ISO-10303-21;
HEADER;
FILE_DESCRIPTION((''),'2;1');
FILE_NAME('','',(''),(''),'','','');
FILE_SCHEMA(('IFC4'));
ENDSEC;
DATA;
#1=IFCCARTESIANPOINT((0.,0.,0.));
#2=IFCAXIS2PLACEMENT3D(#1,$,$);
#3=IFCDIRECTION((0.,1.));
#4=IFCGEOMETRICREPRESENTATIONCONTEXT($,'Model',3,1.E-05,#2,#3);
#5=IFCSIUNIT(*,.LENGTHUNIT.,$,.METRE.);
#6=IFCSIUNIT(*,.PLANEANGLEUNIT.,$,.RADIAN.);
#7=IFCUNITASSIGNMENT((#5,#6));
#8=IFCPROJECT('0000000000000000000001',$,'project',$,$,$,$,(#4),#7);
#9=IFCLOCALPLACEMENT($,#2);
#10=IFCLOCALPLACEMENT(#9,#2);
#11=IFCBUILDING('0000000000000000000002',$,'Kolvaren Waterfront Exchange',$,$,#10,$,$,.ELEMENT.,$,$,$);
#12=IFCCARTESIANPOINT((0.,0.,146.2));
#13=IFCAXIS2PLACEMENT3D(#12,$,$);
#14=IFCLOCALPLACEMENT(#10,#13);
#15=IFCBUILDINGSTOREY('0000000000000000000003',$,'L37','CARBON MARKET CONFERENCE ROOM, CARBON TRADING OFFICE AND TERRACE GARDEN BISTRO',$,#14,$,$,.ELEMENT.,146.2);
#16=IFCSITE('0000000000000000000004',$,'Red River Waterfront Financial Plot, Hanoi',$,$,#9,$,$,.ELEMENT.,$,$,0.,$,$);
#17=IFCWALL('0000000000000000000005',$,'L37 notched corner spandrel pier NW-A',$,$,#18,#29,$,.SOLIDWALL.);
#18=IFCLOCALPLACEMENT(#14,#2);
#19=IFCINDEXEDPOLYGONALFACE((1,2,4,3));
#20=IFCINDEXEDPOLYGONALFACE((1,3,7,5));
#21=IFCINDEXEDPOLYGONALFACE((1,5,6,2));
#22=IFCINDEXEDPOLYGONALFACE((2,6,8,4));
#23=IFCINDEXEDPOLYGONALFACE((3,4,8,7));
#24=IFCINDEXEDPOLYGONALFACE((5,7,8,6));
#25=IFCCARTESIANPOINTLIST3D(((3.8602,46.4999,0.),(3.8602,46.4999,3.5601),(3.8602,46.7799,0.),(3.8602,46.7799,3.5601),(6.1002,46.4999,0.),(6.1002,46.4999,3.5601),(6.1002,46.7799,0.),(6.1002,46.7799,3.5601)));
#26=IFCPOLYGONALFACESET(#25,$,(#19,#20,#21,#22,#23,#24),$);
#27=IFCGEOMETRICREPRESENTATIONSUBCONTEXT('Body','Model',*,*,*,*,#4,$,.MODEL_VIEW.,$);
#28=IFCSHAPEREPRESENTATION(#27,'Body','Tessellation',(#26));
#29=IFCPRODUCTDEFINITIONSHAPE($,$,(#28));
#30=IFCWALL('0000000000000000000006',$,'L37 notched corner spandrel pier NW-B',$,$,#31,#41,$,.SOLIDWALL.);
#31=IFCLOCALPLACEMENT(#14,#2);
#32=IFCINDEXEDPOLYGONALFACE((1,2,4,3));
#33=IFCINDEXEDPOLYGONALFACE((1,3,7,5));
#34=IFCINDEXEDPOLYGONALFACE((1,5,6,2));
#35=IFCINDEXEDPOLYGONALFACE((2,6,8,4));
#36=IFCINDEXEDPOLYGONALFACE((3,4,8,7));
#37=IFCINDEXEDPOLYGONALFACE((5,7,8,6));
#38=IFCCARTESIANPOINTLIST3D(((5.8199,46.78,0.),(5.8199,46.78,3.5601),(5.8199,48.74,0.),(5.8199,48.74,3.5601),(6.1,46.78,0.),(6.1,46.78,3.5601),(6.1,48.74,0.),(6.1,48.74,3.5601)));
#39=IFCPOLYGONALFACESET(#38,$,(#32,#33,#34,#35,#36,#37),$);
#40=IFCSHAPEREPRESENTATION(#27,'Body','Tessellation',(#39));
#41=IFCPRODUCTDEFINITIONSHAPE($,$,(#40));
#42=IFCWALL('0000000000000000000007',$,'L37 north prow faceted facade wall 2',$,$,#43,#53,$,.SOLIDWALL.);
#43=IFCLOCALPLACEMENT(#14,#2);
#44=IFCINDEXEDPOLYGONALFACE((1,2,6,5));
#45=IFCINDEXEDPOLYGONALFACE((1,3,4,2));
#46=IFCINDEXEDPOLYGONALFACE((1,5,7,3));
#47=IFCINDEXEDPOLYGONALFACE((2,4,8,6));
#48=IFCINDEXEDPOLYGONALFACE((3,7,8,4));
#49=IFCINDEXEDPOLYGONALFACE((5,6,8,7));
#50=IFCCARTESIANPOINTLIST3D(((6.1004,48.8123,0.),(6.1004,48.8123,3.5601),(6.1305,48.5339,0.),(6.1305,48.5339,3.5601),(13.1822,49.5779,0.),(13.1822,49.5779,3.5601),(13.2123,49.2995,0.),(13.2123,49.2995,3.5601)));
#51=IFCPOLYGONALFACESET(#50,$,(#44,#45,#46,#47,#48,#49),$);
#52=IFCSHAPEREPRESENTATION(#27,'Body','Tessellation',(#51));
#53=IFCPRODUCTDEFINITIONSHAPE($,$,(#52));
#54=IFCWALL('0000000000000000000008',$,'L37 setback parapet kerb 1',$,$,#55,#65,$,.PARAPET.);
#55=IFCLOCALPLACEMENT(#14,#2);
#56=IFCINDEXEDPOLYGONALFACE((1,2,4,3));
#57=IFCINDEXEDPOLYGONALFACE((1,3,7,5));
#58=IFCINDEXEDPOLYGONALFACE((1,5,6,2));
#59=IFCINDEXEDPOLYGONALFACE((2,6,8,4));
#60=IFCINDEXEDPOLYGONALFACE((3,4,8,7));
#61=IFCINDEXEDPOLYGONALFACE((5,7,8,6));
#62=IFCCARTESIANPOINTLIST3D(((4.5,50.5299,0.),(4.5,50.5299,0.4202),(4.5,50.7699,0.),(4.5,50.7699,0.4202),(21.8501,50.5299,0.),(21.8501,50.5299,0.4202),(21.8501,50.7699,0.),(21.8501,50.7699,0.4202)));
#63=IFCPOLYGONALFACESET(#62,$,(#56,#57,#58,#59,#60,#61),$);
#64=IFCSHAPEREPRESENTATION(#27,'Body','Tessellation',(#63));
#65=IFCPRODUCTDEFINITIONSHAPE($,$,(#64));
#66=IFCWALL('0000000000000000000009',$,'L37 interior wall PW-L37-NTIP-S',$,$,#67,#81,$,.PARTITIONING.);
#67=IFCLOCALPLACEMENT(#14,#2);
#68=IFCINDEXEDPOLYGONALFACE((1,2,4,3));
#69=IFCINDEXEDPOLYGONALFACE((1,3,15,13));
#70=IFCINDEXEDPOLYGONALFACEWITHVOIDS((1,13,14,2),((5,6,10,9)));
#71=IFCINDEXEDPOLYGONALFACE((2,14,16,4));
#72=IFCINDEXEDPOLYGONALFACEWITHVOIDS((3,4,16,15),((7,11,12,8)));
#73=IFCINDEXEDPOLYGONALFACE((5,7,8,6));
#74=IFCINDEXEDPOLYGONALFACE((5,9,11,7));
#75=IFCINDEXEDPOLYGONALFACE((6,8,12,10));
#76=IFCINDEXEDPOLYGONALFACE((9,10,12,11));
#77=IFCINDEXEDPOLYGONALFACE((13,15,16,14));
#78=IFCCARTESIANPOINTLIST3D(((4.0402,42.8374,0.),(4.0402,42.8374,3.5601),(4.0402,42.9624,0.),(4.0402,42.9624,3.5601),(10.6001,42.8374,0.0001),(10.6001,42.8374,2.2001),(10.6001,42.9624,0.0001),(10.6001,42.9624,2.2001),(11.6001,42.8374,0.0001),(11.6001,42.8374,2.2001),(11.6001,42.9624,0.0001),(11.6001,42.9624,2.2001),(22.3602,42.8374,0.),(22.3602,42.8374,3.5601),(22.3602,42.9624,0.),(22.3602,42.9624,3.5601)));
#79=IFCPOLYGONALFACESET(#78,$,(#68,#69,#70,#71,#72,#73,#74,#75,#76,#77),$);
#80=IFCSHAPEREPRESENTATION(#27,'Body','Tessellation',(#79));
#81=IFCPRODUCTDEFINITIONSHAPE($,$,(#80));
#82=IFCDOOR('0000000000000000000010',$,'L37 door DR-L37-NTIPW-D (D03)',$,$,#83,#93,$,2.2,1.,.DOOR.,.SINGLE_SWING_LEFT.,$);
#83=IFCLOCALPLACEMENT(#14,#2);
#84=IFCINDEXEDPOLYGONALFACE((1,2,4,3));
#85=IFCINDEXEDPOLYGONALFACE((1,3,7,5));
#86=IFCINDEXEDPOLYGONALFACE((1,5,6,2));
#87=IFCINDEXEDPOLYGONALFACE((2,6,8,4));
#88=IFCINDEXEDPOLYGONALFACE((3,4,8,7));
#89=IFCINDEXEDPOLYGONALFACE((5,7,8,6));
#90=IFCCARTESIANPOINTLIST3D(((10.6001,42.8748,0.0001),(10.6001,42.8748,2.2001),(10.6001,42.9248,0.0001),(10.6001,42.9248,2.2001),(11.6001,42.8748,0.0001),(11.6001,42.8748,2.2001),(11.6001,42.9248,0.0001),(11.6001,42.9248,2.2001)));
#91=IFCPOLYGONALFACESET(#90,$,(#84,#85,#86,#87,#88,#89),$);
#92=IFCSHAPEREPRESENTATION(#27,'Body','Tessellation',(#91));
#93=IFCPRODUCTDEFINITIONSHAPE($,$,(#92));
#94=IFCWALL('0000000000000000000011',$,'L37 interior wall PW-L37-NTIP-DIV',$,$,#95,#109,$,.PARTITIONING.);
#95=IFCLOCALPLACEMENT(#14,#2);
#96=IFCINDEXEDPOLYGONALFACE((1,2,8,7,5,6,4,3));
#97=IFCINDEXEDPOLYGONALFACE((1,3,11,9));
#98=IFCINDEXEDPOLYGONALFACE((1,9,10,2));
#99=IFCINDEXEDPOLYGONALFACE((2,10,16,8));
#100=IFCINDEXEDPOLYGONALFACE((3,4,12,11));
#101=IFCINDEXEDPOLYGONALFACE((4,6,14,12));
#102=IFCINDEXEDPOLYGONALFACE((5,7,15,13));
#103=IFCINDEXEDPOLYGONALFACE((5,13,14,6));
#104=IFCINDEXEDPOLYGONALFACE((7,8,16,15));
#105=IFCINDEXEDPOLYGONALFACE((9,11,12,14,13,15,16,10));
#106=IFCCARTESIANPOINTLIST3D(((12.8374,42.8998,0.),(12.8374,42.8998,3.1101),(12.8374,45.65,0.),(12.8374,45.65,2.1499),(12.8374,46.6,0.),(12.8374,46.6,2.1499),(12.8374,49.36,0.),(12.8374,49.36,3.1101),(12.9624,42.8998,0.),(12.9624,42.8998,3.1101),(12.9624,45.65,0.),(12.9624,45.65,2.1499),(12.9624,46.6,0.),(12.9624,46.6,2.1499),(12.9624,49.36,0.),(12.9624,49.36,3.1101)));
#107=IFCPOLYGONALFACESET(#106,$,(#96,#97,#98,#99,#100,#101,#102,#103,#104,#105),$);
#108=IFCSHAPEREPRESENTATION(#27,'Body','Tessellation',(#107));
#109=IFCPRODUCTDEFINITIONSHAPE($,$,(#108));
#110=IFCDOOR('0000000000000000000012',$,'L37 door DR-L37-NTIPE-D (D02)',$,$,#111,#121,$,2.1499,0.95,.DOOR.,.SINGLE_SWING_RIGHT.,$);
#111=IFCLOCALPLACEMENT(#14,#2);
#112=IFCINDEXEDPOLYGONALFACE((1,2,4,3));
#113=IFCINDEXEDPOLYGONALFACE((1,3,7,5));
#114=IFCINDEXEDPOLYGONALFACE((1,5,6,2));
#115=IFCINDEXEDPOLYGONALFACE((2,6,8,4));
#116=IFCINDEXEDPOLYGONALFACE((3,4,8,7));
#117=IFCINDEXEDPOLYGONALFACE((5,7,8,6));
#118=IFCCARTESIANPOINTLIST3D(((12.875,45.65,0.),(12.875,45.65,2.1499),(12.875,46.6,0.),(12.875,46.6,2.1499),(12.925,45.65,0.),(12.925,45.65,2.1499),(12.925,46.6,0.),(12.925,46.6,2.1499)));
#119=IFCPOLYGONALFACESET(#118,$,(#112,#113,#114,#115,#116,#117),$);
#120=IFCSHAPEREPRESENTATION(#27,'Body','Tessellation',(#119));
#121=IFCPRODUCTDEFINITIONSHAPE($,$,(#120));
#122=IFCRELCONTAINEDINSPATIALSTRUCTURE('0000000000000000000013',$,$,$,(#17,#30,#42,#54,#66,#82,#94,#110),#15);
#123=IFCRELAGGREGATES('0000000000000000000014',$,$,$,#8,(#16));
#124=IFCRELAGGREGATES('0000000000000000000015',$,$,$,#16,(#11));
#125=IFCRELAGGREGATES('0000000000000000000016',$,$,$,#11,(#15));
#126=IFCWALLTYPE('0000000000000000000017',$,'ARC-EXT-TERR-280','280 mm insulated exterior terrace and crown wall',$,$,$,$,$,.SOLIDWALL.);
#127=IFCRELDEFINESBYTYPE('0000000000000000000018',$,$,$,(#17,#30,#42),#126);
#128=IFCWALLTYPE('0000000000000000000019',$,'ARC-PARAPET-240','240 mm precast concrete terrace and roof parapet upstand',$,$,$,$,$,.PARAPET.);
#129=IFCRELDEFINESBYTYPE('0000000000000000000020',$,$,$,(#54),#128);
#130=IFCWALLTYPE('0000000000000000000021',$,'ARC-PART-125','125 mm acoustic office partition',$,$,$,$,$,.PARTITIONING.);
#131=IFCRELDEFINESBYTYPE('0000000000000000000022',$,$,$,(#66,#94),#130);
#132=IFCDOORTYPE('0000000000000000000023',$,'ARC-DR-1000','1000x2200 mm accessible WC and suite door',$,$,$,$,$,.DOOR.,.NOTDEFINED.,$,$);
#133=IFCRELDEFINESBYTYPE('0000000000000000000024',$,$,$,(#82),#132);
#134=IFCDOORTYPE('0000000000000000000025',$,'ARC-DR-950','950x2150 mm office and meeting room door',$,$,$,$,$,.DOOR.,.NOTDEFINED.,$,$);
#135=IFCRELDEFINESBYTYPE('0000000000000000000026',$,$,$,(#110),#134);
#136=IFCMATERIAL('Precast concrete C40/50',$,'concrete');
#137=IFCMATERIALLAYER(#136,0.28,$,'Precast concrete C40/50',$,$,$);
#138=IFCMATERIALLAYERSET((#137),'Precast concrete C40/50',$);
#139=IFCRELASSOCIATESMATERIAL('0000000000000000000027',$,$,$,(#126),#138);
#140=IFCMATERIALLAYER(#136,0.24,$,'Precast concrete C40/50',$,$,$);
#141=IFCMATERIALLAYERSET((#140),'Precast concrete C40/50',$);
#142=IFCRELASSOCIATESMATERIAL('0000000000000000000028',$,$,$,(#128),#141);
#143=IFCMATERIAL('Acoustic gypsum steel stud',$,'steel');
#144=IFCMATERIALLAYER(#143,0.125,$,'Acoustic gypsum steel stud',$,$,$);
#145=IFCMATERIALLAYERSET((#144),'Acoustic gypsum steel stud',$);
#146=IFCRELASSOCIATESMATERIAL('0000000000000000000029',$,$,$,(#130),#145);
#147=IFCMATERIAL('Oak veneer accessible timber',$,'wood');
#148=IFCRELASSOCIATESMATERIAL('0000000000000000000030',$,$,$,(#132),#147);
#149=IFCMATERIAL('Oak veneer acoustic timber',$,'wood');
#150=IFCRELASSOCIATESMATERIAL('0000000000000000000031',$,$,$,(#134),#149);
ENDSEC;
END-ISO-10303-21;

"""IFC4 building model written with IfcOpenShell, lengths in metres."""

from ifc_helpers import new_model, si_unit, direction, frame, frame_2d, origin, place, context, subcontext, project, spatial, rectangle, extrude, material, layer, layer_set, type_object, element, fill, save


model = new_model("IFC4")

# Units and contexts
model_context = context("Model", 3, precision=1e-05, world=origin(), true_north=direction((0.0, 1.0)))
body_context = subcontext(model_context, "Body", "Model", "MODEL_VIEW")
ifc_project = project(units=[si_unit("LENGTHUNIT", "METRE"), si_unit("PLANEANGLEUNIT", "RADIAN")], contexts=[model_context])

# Site, building, storey
site_placement = place(None, origin())
site = spatial("IfcSite", under=ifc_project, at=site_placement, Name="Red River Waterfront Financial Plot, Hanoi", CompositionType="ELEMENT", RefElevation=0.0)
building_placement = place(site_placement, origin())
building = spatial("IfcBuilding", under=site, at=building_placement, Name="Kolvaren Waterfront Exchange", CompositionType="ELEMENT")
storey_placement = place(building_placement, frame((0.0, 0.0, 146.2)))
storey = spatial("IfcBuildingStorey", under=building, at=storey_placement, Name="L37", Description="CARBON MARKET CONFERENCE ROOM, CARBON TRADING OFFICE AND TERRACE GARDEN BISTRO", CompositionType="ELEMENT", Elevation=146.2)

# Walls
ifc_material_1 = material(Name="Precast concrete C40/50", Category="concrete")
ifc_layer_1 = layer(ifc_material_1, 0.28, Name="Precast concrete C40/50")
ifc_layer_set_1 = layer_set([ifc_layer_1], Name="Precast concrete C40/50")
wall_type_1 = type_object("IfcWallType", Name="ARC-EXT-TERR-280", Description="280 mm insulated exterior terrace and crown wall", PredefinedType="SOLIDWALL", material=ifc_layer_set_1)
wall_1_placement = place(storey_placement, frame((3.8601, 46.6399, 0.0), z_axis=(0.0, 0.0, 1.0), x_axis=(1.0, 0.0, 0.0)))
element("IfcWall", 1, at=wall_1_placement, inside=storey, type_object=wall_type_1, Name="L37 notched corner spandrel pier NW-A", PredefinedType="SOLIDWALL", context=body_context, shape_type="SweptSolid", body=[
    extrude(rectangle(XDim=2.24, YDim=0.28, at=frame_2d((1.1201, 0.0))), origin(), (0.0, 0.0, 1.0), 3.5601),
])
wall_2_placement = place(storey_placement, frame((5.96, 46.78, 0.0), z_axis=(0.0, 0.0, 1.0), x_axis=(0.0, 1.0, 0.0)))
element("IfcWall", 2, at=wall_2_placement, inside=storey, type_object=wall_type_1, Name="L37 notched corner spandrel pier NW-B", PredefinedType="SOLIDWALL", context=body_context, shape_type="SweptSolid", body=[
    extrude(rectangle(XDim=1.96, YDim=0.28, at=frame_2d((0.98, 0.0))), origin(), (0.0, 0.0, 1.0), 3.5601),
])
wall_3_placement = place(storey_placement, frame((13.1973, 49.4387, 0.0), z_axis=(0.0, 0.0, 1.0), x_axis=(-0.994207, -0.107486, 0.0)))
element("IfcWall", 3, at=wall_3_placement, inside=storey, type_object=wall_type_1, Name="L37 north prow faceted facade wall 2", PredefinedType="SOLIDWALL", context=body_context, shape_type="SweptSolid", body=[
    extrude(rectangle(XDim=7.123, YDim=0.28, at=frame_2d((3.5615, 0.0))), origin(), (0.0, 0.0, 1.0), 3.5601),
])
ifc_layer_2 = layer(ifc_material_1, 0.24, Name="Precast concrete C40/50")
ifc_layer_set_2 = layer_set([ifc_layer_2], Name="Precast concrete C40/50")
wall_type_2 = type_object("IfcWallType", Name="ARC-PARAPET-240", Description="240 mm precast concrete terrace and roof parapet upstand", PredefinedType="PARAPET", material=ifc_layer_set_2)
wall_4_placement = place(storey_placement, frame((4.5, 50.6499, 0.0), z_axis=(0.0, 0.0, 1.0), x_axis=(1.0, 0.0, 0.0)))
element("IfcWall", 4, at=wall_4_placement, inside=storey, type_object=wall_type_2, Name="L37 setback parapet kerb 1", PredefinedType="PARAPET", context=body_context, shape_type="SweptSolid", body=[
    extrude(rectangle(XDim=17.3501, YDim=0.24, at=frame_2d((8.675, 0.0))), origin(), (0.0, 0.0, 1.0), 0.4202),
])

# Walls, openings, doors
ifc_material_2 = material(Name="Acoustic gypsum steel stud", Category="steel")
ifc_layer_3 = layer(ifc_material_2, 0.125, Name="Acoustic gypsum steel stud")
ifc_layer_set_3 = layer_set([ifc_layer_3], Name="Acoustic gypsum steel stud")
wall_type_3 = type_object("IfcWallType", Name="ARC-PART-125", Description="125 mm acoustic office partition", PredefinedType="PARTITIONING", material=ifc_layer_set_3)
wall_5_placement = place(storey_placement, frame((4.04, 42.8999, 0.0), z_axis=(0.0, 0.0, 1.0), x_axis=(1.0, 0.0, 0.0)))
wall_5 = element("IfcWall", 5, at=wall_5_placement, inside=storey, type_object=wall_type_3, Name="L37 interior wall PW-L37-NTIP-S", PredefinedType="PARTITIONING", context=body_context, shape_type="SweptSolid", body=[
    extrude(rectangle(XDim=18.3201, YDim=0.125, at=frame_2d((9.1602, 0.0))), origin(), (0.0, 0.0, 1.0), 3.5601),
])
opening_1_placement = place(wall_5_placement, frame((6.5601, 0.0, 0.0)))
opening_1 = element("IfcOpeningElement", 6, at=opening_1_placement, cuts=wall_5, PredefinedType="OPENING", context=body_context, shape_type="SweptSolid", body=[
    extrude(rectangle(XDim=1.0, YDim=2.2, at=frame_2d((0.5, 1.1001))), frame((0.0, 0.0725, 0.0), z_axis=(0.0, -1.0, 0.0), x_axis=(1.0, 0.0, 0.0)), (0.0, 0.0, 1.0), 0.145),
])
ifc_material_3 = material(Name="Oak veneer accessible timber", Category="wood")
door_type_1 = type_object("IfcDoorType", Name="ARC-DR-1000", Description="1000x2200 mm accessible WC and suite door", OperationType="NOTDEFINED", PredefinedType="DOOR", material=ifc_material_3)
door_1_placement = place(opening_1_placement, origin())
door_1 = element("IfcDoor", 7, at=door_1_placement, inside=storey, type_object=door_type_1, Name="L37 door DR-L37-NTIPW-D (D03)", OperationType="SINGLE_SWING_LEFT", OverallHeight=2.2, OverallWidth=1.0, PredefinedType="DOOR", context=body_context, shape_type="SweptSolid", body=[
    extrude(rectangle(XDim=1.0, YDim=2.2, at=frame_2d((0.5, 1.1001))), frame((0.0, 0.0249, 0.0), z_axis=(0.0, -1.0, 0.0), x_axis=(1.0, 0.0, 0.0)), (0.0, 0.0, 1.0), 0.05),
])
fill(opening_1, door_1)
wall_6_placement = place(storey_placement, frame((12.8999, 42.8999, 0.0), z_axis=(0.0, 0.0, 1.0), x_axis=(0.0, 1.0, 0.0)))
wall_6 = element("IfcWall", 8, at=wall_6_placement, inside=storey, type_object=wall_type_3, Name="L37 interior wall PW-L37-NTIP-DIV", PredefinedType="PARTITIONING", context=body_context, shape_type="SweptSolid", body=[
    extrude(rectangle(XDim=6.4602, YDim=0.125, at=frame_2d((3.23, 0.0))), origin(), (0.0, 0.0, 1.0), 3.1101),
])
opening_2_placement = place(wall_6_placement, frame((2.75, 0.0, 0.0)))
opening_2 = element("IfcOpeningElement", 9, at=opening_2_placement, cuts=wall_6, PredefinedType="OPENING", context=body_context, shape_type="SweptSolid", body=[
    extrude(rectangle(XDim=0.95, YDim=2.1499, at=frame_2d((0.4751, 1.075))), frame((0.0, 0.0725, 0.0), z_axis=(0.0, -1.0, 0.0), x_axis=(1.0, 0.0, 0.0)), (0.0, 0.0, 1.0), 0.145),
])
ifc_material_4 = material(Name="Oak veneer acoustic timber", Category="wood")
door_type_2 = type_object("IfcDoorType", Name="ARC-DR-950", Description="950x2150 mm office and meeting room door", OperationType="NOTDEFINED", PredefinedType="DOOR", material=ifc_material_4)
door_2_placement = place(opening_2_placement, origin())
door_2 = element("IfcDoor", 10, at=door_2_placement, inside=storey, type_object=door_type_2, Name="L37 door DR-L37-NTIPE-D (D02)", OperationType="SINGLE_SWING_RIGHT", OverallHeight=2.1499, OverallWidth=0.95, PredefinedType="DOOR", context=body_context, shape_type="SweptSolid", body=[
    extrude(rectangle(XDim=0.95, YDim=2.1499, at=frame_2d((0.4751, 1.075))), frame((0.0, 0.0249, 0.0), z_axis=(0.0, -1.0, 0.0), x_axis=(1.0, 0.0, 0.0)), (0.0, 0.0, 1.0), 0.05),
])
fill(opening_2, door_2)

save(model, "model.ifc")
